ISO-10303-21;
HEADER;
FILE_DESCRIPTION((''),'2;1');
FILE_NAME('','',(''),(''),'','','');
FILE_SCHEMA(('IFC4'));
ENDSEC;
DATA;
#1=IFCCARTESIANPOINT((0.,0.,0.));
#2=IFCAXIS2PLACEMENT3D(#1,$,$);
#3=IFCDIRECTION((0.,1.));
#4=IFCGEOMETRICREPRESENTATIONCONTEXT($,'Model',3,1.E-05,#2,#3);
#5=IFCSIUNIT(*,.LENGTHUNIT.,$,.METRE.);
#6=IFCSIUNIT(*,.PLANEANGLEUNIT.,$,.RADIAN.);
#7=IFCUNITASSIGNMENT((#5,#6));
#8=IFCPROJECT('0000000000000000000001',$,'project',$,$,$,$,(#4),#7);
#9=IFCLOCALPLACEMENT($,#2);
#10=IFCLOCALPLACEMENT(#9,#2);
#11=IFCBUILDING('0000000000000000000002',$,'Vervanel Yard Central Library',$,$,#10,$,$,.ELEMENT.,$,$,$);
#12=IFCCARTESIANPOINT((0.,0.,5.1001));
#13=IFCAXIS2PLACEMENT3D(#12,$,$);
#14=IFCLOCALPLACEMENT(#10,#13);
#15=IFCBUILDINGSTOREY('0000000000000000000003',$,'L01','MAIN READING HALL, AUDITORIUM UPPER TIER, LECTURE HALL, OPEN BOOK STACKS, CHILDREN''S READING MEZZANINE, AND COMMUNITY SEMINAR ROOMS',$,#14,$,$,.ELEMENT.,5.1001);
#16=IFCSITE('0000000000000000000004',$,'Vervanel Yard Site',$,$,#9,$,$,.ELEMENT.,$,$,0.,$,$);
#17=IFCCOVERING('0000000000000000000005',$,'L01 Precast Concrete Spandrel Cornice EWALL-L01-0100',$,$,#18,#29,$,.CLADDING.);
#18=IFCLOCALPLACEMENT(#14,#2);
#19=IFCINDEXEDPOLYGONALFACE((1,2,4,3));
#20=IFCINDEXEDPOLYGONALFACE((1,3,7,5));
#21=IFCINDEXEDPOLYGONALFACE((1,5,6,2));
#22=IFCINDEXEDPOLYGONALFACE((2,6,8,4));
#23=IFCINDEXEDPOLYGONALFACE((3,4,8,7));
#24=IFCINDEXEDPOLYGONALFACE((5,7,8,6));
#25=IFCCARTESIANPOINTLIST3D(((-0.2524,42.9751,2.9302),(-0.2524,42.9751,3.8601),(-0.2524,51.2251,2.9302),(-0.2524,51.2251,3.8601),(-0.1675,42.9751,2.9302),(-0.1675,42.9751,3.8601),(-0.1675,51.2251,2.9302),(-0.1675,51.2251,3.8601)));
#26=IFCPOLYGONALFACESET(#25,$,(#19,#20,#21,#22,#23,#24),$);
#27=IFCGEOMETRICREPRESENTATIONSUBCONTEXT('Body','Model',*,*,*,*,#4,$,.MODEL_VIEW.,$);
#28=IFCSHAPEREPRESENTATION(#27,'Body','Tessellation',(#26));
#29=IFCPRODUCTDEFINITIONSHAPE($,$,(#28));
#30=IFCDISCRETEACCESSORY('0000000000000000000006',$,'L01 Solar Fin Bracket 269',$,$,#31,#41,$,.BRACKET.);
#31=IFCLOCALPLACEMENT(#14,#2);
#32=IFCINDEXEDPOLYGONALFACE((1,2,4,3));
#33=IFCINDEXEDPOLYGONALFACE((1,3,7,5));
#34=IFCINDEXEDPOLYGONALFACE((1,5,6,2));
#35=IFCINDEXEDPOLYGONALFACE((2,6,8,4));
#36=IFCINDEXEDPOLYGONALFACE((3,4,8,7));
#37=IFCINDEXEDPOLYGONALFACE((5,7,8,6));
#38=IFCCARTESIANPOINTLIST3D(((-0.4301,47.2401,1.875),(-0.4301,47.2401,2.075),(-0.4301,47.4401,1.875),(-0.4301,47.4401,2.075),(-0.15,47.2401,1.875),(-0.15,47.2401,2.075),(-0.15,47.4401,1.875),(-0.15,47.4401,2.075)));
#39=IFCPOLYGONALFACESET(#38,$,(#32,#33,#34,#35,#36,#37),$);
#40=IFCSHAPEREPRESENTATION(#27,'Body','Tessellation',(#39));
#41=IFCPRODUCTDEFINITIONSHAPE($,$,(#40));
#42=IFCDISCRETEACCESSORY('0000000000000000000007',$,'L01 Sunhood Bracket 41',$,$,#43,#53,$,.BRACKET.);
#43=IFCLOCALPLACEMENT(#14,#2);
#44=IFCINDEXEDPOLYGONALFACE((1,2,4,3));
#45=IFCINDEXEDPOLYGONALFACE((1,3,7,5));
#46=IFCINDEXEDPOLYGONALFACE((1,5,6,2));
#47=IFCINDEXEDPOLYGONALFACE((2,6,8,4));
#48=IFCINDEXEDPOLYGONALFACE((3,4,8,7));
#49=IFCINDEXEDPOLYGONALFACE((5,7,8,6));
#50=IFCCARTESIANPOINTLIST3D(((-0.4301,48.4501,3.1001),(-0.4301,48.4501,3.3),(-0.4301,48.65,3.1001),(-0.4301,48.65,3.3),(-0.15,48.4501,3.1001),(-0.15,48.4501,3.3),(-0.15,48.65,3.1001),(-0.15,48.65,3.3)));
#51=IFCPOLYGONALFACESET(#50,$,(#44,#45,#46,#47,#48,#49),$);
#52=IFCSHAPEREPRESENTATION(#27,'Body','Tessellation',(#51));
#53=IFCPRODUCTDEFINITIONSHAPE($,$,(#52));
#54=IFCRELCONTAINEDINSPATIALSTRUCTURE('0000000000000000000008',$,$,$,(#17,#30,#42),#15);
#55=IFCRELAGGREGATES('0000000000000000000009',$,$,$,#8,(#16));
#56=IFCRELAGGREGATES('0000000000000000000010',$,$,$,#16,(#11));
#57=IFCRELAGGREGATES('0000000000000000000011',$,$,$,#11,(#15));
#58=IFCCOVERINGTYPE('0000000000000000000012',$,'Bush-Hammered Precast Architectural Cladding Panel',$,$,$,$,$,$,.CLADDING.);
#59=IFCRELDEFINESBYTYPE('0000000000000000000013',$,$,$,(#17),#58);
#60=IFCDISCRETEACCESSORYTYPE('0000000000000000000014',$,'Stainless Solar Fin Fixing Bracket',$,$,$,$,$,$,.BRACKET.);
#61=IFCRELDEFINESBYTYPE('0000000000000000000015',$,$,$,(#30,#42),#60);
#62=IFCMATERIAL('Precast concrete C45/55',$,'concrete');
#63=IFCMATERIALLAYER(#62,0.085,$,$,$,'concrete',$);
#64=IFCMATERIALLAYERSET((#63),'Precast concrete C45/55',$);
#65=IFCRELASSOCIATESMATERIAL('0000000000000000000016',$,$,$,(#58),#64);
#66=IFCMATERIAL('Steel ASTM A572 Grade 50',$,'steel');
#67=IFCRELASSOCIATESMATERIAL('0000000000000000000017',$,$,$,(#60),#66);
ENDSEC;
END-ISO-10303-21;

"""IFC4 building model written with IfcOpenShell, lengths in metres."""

from ifc_helpers import new_model, si_unit, direction, frame, origin, origin_2d, place, context, subcontext, project, spatial, rectangle, extrude, material, layer, layer_set, type_object, element, save


model = new_model("IFC4")

# Units and contexts
model_context = context("Model", 3, precision=1e-05, world=origin(), true_north=direction((0.0, 1.0)))
body_context = subcontext(model_context, "Body", "Model", "MODEL_VIEW")
ifc_project = project(units=[si_unit("LENGTHUNIT", "METRE"), si_unit("PLANEANGLEUNIT", "RADIAN")], contexts=[model_context])

# Site, building, storey
site_placement = place(None, origin())
site = spatial("IfcSite", under=ifc_project, at=site_placement, Name="Vervanel Yard Site", CompositionType="ELEMENT", RefElevation=0.0)
building_placement = place(site_placement, origin())
building = spatial("IfcBuilding", under=site, at=building_placement, Name="Vervanel Yard Central Library", CompositionType="ELEMENT")
storey_placement = place(building_placement, frame((0.0, 0.0, 5.1001)))
storey = spatial("IfcBuildingStorey", under=building, at=storey_placement, Name="L01", Description="MAIN READING HALL, AUDITORIUM UPPER TIER, LECTURE HALL, OPEN BOOK STACKS, CHILDREN'S READING MEZZANINE, AND COMMUNITY SEMINAR ROOMS", CompositionType="ELEMENT", Elevation=5.1001)

# Covering
ifc_material_1 = material(Name="Precast concrete C45/55", Category="concrete")
ifc_layer_1 = layer(ifc_material_1, 0.085, Category="concrete")
ifc_layer_set_1 = layer_set([ifc_layer_1], Name="Precast concrete C45/55")
covering_type = type_object("IfcCoveringType", Name="Bush-Hammered Precast Architectural Cladding Panel", PredefinedType="CLADDING", material=ifc_layer_set_1)
covering_1_placement = place(storey_placement, frame((-0.21, 47.1001, 2.9302), z_axis=(0.0, 0.0, 1.0), x_axis=(0.0, 1.0, 0.0)))
element("IfcCovering", 1, at=covering_1_placement, inside=storey, type_object=covering_type, Name="L01 Precast Concrete Spandrel Cornice EWALL-L01-0100", PredefinedType="CLADDING", context=body_context, shape_type="SweptSolid", body=[
    extrude(rectangle(XDim=8.25, YDim=0.085, at=origin_2d()), origin(), (0.0, 0.0, 1.0), 0.9299),
])

# Discrete accessories
ifc_material_2 = material(Name="Steel ASTM A572 Grade 50", Category="steel")
discrete_accessory_type = type_object("IfcDiscreteAccessoryType", Name="Stainless Solar Fin Fixing Bracket", PredefinedType="BRACKET", material=ifc_material_2)
for number, where, z_axis, x_axis, name in (
    (2, (-0.29, 47.3401, 1.875), (0.0, 0.0, 1.0), (0.0, 1.0, 0.0), "L01 Solar Fin Bracket 269"),
    (3, (-0.29, 48.55, 3.1001), (0.0, 0.0, 1.0), (0.0, 1.0, 0.0), "L01 Sunhood Bracket 41"),
):
    element("IfcDiscreteAccessory", number, at=place(storey_placement, frame(where, z_axis=z_axis, x_axis=x_axis)), inside=storey, type_object=discrete_accessory_type, Name=name, PredefinedType="BRACKET", context=body_context, shape_type="SweptSolid", body=[
        extrude(rectangle(XDim=0.2, YDim=0.28, at=origin_2d()), origin(), (0.0, 0.0, 1.0), 0.2),
    ])

save(model, "model.ifc")
